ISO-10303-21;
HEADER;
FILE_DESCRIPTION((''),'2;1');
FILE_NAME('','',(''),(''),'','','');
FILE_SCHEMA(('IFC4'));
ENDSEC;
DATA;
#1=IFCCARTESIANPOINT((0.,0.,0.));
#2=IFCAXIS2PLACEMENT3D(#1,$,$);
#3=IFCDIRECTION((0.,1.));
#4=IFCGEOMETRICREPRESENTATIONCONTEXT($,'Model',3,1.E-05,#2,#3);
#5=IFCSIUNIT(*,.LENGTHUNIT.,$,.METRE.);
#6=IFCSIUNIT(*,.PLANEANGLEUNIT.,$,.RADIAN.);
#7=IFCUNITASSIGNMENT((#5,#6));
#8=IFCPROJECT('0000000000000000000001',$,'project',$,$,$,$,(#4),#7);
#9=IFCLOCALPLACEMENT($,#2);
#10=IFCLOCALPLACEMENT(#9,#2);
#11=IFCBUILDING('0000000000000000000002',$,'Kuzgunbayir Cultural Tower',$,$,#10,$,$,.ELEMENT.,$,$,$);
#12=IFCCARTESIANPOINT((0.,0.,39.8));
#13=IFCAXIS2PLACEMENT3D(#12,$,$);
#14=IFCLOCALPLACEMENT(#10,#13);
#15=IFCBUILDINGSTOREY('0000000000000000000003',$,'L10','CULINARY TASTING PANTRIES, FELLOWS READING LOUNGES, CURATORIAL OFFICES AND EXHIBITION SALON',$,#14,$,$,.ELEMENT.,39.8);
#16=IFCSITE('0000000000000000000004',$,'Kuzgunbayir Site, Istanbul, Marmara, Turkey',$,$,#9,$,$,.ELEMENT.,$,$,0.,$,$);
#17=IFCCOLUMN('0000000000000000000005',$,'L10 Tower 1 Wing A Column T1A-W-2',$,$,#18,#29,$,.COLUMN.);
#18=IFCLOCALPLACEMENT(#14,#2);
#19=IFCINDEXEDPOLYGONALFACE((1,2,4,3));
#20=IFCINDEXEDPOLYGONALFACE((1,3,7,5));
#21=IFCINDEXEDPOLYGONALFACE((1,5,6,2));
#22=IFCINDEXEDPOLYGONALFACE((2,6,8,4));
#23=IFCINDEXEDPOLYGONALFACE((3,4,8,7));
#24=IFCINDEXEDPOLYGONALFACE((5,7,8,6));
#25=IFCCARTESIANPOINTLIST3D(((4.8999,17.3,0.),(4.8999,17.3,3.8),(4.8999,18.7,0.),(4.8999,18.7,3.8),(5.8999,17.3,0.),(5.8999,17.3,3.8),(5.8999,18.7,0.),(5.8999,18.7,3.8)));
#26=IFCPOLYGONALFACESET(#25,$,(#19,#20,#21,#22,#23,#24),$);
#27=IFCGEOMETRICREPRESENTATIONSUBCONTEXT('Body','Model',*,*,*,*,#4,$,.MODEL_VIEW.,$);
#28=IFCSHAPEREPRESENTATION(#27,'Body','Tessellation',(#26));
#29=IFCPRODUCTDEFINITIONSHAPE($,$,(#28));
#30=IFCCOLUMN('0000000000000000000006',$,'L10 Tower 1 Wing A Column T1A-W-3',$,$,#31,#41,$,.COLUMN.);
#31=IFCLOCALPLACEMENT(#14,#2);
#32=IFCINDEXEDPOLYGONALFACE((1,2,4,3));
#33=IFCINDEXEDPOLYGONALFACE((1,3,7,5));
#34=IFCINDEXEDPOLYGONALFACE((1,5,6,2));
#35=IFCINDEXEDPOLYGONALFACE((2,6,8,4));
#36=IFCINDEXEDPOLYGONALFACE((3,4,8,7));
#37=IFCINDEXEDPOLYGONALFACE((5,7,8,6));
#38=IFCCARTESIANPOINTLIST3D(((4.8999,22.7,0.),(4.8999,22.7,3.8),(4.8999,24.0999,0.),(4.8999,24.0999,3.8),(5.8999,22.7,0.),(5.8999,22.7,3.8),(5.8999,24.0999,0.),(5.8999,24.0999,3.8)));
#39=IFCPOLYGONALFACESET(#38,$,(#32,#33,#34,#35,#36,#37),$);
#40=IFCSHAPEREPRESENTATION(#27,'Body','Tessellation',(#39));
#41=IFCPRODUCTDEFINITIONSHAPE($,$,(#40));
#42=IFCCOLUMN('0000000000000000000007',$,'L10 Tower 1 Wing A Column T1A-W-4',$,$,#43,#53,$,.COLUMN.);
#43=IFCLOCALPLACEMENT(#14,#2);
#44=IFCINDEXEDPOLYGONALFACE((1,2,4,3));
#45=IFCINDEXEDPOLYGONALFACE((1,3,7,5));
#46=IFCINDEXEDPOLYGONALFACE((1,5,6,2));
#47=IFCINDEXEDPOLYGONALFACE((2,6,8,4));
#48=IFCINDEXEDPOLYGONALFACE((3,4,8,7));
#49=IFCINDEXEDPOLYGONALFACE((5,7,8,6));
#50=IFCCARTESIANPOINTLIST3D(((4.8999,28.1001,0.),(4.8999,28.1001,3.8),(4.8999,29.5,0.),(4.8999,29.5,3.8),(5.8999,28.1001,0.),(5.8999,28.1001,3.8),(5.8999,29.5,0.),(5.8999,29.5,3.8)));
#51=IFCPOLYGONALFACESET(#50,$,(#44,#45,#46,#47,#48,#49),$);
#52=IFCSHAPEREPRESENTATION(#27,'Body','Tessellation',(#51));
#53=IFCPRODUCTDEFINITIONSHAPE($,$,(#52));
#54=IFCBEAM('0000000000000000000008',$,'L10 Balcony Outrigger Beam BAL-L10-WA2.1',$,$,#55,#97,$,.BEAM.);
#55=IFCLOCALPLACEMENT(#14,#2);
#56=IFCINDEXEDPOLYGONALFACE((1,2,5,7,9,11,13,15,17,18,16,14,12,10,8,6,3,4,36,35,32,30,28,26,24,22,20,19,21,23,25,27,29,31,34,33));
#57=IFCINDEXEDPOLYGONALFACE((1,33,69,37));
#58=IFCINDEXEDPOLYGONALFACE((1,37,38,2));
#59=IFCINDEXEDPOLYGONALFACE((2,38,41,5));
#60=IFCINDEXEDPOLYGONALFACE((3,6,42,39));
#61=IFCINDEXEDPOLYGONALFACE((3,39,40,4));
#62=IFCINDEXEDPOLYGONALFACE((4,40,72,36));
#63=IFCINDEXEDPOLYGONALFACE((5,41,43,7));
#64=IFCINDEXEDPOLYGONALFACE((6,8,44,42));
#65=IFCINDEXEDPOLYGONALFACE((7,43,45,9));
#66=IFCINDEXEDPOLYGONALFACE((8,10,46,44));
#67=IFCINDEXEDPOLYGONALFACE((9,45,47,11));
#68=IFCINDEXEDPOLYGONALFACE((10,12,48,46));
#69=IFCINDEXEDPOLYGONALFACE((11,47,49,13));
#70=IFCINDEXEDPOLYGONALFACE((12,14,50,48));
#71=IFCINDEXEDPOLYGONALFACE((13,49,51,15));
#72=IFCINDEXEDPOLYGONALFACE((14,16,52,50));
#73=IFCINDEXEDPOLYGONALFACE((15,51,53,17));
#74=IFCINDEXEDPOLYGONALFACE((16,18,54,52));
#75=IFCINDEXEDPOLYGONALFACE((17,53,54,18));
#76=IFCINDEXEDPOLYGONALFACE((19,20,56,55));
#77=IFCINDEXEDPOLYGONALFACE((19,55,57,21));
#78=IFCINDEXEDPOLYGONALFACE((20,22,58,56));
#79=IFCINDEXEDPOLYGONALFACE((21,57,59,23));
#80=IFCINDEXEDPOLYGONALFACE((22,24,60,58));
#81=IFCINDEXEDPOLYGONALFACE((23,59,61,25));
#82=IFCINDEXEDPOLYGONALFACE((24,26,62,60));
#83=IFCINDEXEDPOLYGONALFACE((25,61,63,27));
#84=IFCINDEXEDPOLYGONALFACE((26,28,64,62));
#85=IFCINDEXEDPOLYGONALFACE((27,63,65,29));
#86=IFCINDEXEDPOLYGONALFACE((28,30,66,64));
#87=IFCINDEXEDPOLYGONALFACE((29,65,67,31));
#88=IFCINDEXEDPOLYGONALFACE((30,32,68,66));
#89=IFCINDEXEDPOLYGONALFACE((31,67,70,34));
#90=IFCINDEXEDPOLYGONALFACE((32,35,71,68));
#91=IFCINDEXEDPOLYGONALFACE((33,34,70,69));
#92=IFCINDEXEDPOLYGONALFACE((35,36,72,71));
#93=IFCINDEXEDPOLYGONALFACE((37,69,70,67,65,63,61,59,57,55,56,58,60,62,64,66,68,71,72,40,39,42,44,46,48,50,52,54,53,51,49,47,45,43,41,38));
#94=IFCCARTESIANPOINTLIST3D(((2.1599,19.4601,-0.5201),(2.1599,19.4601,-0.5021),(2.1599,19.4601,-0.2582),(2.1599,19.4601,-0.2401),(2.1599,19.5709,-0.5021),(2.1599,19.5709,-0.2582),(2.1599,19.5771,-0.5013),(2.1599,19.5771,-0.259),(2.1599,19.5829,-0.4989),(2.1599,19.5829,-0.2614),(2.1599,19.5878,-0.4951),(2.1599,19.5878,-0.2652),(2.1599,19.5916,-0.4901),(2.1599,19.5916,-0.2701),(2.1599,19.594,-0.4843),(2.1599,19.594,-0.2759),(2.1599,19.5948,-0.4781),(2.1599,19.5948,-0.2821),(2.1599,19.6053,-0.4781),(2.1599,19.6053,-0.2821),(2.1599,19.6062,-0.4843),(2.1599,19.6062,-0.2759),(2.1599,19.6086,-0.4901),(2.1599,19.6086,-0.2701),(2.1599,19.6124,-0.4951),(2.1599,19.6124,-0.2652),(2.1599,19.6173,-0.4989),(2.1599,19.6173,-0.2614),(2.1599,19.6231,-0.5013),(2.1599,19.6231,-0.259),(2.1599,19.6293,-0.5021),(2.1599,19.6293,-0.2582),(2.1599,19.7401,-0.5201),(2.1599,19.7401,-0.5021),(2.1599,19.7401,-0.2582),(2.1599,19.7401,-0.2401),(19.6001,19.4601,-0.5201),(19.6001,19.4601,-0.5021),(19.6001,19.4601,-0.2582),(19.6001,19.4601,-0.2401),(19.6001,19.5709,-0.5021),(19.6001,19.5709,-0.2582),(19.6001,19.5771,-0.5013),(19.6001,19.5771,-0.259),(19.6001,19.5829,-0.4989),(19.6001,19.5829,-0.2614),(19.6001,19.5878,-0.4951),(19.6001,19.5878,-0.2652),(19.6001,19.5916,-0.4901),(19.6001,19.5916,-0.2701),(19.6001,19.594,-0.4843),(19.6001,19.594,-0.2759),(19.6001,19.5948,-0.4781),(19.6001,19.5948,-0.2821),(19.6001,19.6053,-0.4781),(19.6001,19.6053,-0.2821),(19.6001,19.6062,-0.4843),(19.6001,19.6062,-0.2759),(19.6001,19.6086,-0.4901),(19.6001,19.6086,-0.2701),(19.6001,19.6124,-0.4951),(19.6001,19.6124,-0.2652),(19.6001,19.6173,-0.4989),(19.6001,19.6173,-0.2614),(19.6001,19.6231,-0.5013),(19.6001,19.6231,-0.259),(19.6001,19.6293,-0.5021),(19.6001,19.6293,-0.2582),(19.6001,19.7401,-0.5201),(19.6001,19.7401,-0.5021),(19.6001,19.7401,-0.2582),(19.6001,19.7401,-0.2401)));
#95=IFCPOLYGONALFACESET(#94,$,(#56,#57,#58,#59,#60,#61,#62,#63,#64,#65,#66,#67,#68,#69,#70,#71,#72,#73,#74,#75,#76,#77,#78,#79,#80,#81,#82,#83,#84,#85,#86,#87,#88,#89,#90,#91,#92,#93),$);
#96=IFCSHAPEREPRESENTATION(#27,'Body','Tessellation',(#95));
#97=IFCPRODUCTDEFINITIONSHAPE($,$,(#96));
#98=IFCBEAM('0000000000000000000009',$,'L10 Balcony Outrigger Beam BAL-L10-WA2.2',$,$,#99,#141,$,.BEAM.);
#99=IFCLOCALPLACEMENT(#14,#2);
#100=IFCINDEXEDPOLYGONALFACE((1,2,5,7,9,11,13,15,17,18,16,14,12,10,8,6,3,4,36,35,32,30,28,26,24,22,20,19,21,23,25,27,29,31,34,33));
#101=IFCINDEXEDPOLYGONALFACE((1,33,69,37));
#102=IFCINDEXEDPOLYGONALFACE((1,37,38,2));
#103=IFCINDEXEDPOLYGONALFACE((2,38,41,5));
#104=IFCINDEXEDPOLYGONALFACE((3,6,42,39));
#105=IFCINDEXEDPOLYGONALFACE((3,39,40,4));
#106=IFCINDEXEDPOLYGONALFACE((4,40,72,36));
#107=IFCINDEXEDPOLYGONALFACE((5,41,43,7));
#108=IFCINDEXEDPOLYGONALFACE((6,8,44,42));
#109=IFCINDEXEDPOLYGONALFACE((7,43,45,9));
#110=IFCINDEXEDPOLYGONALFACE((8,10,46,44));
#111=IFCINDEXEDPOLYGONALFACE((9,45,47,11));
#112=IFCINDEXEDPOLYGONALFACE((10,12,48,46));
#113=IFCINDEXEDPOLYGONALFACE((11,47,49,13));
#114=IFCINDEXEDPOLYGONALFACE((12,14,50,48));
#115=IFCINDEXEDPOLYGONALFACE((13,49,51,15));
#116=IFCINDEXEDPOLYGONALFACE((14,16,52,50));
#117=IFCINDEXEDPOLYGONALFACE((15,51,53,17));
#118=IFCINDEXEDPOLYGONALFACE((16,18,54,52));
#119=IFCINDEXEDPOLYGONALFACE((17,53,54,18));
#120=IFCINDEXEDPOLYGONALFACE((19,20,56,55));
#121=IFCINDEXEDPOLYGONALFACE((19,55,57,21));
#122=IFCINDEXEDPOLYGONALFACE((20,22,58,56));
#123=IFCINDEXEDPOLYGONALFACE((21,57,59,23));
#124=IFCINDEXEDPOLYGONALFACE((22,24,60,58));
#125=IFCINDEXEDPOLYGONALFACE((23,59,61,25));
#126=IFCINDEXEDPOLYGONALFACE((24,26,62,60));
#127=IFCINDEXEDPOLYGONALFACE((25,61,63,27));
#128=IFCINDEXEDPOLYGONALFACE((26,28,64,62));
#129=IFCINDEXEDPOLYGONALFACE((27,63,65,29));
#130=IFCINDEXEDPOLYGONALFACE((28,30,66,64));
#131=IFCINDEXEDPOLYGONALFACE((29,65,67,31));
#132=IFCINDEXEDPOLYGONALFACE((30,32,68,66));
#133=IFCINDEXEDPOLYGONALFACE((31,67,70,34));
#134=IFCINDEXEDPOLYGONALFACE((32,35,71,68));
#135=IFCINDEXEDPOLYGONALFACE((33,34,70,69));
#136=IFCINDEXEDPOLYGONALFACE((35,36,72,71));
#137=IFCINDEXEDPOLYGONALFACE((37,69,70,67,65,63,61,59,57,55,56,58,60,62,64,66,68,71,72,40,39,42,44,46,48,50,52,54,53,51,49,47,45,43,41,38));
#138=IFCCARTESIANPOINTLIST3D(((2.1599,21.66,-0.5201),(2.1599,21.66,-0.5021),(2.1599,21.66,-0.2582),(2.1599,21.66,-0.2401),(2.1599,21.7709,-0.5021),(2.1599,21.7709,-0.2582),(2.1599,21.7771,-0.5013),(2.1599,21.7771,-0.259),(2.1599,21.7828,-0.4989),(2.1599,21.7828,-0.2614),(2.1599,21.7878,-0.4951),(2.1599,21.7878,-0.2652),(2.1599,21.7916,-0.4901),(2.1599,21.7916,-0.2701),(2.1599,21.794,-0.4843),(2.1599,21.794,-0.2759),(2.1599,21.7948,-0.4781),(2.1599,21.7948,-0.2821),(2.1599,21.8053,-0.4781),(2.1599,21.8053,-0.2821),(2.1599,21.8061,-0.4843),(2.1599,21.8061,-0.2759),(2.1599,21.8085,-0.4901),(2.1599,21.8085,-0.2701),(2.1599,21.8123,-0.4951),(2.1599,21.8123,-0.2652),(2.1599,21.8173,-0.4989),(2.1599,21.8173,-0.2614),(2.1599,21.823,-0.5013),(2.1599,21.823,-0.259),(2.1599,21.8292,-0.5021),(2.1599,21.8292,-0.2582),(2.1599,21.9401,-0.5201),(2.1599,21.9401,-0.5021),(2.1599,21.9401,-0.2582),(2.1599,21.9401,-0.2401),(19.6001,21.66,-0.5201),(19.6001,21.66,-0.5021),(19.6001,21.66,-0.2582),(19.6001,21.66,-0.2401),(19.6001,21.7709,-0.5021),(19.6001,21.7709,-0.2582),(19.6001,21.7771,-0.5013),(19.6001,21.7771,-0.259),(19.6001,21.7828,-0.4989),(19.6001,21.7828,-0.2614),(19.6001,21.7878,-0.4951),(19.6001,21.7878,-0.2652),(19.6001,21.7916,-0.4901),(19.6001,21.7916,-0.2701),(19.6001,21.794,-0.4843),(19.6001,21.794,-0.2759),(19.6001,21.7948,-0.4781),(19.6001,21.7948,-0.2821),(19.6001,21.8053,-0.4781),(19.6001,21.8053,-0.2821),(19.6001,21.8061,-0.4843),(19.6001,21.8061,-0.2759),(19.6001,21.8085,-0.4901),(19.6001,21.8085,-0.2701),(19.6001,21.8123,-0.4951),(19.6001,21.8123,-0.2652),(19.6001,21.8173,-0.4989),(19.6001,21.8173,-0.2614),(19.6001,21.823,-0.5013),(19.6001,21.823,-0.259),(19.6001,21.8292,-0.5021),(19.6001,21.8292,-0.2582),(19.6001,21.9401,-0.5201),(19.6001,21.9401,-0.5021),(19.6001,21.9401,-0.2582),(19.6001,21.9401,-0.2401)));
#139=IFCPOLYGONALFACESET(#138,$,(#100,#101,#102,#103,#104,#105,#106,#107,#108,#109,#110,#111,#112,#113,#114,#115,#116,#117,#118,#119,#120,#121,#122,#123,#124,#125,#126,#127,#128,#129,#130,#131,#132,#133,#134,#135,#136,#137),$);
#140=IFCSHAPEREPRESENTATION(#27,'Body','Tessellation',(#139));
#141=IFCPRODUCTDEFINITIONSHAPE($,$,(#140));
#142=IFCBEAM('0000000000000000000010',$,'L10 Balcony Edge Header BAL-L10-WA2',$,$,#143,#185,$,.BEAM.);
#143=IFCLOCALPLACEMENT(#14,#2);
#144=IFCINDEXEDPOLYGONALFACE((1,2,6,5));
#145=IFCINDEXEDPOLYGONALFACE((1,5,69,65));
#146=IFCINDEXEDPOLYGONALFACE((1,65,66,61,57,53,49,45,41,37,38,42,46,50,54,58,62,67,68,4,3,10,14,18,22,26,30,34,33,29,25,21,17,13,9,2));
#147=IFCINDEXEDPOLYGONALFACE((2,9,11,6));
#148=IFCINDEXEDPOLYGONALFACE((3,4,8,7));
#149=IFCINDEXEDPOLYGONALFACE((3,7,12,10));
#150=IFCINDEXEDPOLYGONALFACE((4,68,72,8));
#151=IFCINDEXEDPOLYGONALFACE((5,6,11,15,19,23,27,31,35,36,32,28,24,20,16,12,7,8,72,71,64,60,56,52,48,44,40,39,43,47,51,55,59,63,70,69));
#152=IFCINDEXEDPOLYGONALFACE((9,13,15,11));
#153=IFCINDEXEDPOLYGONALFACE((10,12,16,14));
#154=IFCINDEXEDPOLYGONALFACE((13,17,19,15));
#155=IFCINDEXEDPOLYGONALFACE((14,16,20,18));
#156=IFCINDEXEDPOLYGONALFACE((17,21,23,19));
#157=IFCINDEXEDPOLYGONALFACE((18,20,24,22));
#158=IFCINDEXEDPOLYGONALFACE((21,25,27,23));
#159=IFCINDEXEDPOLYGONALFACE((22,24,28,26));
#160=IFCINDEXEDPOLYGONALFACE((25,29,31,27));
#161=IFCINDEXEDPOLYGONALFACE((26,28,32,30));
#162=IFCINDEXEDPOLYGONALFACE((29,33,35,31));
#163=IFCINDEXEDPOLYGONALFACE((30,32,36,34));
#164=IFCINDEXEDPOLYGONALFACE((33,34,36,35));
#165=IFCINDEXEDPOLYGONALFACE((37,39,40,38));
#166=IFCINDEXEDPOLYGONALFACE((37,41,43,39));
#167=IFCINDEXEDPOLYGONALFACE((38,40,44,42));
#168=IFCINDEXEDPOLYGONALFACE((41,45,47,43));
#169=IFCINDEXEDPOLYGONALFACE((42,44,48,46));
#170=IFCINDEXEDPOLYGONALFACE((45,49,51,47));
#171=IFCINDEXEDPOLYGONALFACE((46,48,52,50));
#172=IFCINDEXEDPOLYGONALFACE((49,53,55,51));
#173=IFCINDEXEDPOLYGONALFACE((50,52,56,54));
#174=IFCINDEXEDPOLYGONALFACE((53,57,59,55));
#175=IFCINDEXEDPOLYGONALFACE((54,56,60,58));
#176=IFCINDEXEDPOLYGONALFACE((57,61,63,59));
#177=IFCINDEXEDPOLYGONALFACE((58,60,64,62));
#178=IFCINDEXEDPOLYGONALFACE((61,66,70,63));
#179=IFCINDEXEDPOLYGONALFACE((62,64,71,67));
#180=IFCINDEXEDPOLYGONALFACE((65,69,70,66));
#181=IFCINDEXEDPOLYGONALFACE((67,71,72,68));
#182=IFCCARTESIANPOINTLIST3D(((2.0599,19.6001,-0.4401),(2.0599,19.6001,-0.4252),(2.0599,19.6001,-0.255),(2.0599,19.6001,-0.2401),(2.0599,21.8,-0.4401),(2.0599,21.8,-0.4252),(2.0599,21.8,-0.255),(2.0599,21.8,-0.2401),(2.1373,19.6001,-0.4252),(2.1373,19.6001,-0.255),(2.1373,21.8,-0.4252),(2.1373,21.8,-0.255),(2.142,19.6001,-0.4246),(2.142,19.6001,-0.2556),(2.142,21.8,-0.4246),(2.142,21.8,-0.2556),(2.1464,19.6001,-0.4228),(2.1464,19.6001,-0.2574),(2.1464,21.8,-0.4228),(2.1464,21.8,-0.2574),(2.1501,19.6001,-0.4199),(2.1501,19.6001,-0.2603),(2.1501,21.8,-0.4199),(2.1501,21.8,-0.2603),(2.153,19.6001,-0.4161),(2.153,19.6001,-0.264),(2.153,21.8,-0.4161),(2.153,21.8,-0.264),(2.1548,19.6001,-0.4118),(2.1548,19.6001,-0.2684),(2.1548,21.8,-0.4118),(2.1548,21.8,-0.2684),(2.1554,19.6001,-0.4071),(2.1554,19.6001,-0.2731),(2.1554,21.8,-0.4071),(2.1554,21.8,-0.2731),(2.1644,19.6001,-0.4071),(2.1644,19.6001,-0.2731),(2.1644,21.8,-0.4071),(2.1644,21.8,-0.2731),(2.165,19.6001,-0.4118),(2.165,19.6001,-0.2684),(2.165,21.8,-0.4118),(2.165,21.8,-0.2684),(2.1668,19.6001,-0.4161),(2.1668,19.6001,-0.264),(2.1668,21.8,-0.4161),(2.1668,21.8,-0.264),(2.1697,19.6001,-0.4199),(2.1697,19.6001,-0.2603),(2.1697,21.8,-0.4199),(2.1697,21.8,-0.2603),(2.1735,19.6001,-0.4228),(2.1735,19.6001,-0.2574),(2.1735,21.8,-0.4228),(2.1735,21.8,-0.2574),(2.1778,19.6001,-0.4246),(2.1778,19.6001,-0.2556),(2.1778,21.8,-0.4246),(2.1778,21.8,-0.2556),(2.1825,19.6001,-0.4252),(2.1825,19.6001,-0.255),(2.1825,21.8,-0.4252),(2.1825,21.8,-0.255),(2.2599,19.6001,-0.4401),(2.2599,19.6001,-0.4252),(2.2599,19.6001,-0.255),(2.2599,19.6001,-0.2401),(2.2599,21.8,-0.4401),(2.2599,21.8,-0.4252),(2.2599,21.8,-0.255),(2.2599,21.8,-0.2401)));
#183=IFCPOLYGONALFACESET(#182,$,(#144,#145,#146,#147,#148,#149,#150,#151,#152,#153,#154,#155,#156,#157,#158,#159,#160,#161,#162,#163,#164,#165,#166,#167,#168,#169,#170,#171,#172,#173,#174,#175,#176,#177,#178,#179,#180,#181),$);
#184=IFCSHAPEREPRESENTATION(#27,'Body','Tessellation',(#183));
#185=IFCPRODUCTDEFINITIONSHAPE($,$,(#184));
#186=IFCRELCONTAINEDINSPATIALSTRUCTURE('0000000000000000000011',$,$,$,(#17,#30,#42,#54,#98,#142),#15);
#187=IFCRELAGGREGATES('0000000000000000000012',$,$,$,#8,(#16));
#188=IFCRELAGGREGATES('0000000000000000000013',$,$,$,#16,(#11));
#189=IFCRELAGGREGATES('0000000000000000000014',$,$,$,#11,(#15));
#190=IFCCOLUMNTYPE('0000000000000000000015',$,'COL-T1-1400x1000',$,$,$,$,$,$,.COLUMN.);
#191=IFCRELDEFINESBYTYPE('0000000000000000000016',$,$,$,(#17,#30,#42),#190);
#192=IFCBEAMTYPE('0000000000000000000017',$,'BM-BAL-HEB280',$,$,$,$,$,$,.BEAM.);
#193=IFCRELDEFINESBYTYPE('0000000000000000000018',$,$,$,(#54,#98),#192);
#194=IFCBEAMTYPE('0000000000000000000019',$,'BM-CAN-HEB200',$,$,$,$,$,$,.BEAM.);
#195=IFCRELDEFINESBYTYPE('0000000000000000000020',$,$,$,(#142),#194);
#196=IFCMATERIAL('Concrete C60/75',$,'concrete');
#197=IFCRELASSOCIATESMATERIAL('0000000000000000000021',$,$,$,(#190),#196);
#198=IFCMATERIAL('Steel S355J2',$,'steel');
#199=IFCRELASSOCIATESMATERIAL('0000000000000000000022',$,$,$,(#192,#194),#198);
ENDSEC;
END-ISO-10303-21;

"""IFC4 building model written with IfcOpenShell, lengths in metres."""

from ifc_helpers import new_model, si_unit, direction, frame, origin, origin_2d, place, context, subcontext, project, spatial, rectangle, i_section, extrude, material, material_profile, profile_set, type_object, element, save


model = new_model("IFC4")

# Units and contexts
model_context = context("Model", 3, precision=1e-05, world=origin(), true_north=direction((0.0, 1.0)))
body_context = subcontext(model_context, "Body", "Model", "MODEL_VIEW")
ifc_project = project(units=[si_unit("LENGTHUNIT", "METRE"), si_unit("PLANEANGLEUNIT", "RADIAN")], contexts=[model_context])

# Site, building, storey
site_placement = place(None, origin())
site = spatial("IfcSite", under=ifc_project, at=site_placement, Name="Kuzgunbayir Site, Istanbul, Marmara, Turkey", CompositionType="ELEMENT", RefElevation=0.0)
building_placement = place(site_placement, origin())
building = spatial("IfcBuilding", under=site, at=building_placement, Name="Kuzgunbayir Cultural Tower", CompositionType="ELEMENT")
storey_placement = place(building_placement, frame((0.0, 0.0, 39.8)))
storey = spatial("IfcBuildingStorey", under=building, at=storey_placement, Name="L10", Description="CULINARY TASTING PANTRIES, FELLOWS READING LOUNGES, CURATORIAL OFFICES AND EXHIBITION SALON", CompositionType="ELEMENT", Elevation=39.8)

# Columns
ifc_material_1 = material(Name="Concrete C60/75", Category="concrete")
ifc_material_profile_1 = material_profile(ifc_material_1, rectangle(XDim=1.0, YDim=1.3999, at=origin_2d()), Name="RC 1400x1000")
ifc_profile_set_1 = profile_set([ifc_material_profile_1], Name="Concrete C60/75")
column_type = type_object("IfcColumnType", Name="COL-T1-1400x1000", PredefinedType="COLUMN", material=ifc_profile_set_1)
for number, where, z_axis, x_axis, name in (
    (1, (5.3999, 18.0, 0.0), (0.0, 0.0, 1.0), (1.0, 0.0, 0.0), "L10 Tower 1 Wing A Column T1A-W-2"),
    (2, (5.3999, 23.3999, 0.0), (0.0, 0.0, 1.0), (1.0, 0.0, 0.0), "L10 Tower 1 Wing A Column T1A-W-3"),
    (3, (5.3999, 28.8, 0.0), (0.0, 0.0, 1.0), (1.0, 0.0, 0.0), "L10 Tower 1 Wing A Column T1A-W-4"),
):
    element("IfcColumn", number, at=place(storey_placement, frame(where, z_axis=z_axis, x_axis=x_axis)), inside=storey, type_object=column_type, Name=name, PredefinedType="COLUMN", context=body_context, shape_type="SweptSolid", body=[
        extrude(rectangle(XDim=1.0, YDim=1.3999, at=origin_2d()), origin(), (0.0, 0.0, 1.0), 3.8),
    ])

# Beams
ifc_material_2 = material(Name="Steel S355J2", Category="steel")
ifc_material_profile_2 = material_profile(ifc_material_2, i_section(OverallWidth=0.28, OverallDepth=0.28, WebThickness=0.0105, FlangeThickness=0.0181, FilletRadius=0.0239, at=origin_2d()), Name="HEB 280")
ifc_profile_set_2 = profile_set([ifc_material_profile_2], Name="Steel S355J2")
beam_type_1 = type_object("IfcBeamType", Name="BM-BAL-HEB280", PredefinedType="BEAM", material=ifc_profile_set_2)
for number, where, z_axis, x_axis, name in (
    (4, (2.1599, 19.6001, -0.3801), (1.0, 0.0, 0.0), (0.0, 1.0, 0.0), "L10 Balcony Outrigger Beam BAL-L10-WA2.1"),
    (5, (2.1599, 21.8, -0.3801), (1.0, 0.0, 0.0), (0.0, 1.0, 0.0), "L10 Balcony Outrigger Beam BAL-L10-WA2.2"),
):
    element("IfcBeam", number, at=place(storey_placement, frame(where, z_axis=z_axis, x_axis=x_axis)), inside=storey, type_object=beam_type_1, Name=name, PredefinedType="BEAM", context=body_context, shape_type="SweptSolid", body=[
        extrude(i_section(OverallWidth=0.28, OverallDepth=0.28, WebThickness=0.0105, FlangeThickness=0.0181, FilletRadius=0.0239, at=origin_2d()), origin(), (0.0, 0.0, 1.0), 17.4402),
    ])
ifc_material_profile_3 = material_profile(ifc_material_2, i_section(OverallWidth=0.2, OverallDepth=0.2, WebThickness=0.009, FlangeThickness=0.0149, FilletRadius=0.0181, at=origin_2d()), Name="HEB 200")
ifc_profile_set_3 = profile_set([ifc_material_profile_3], Name="Steel S355J2")
beam_type_2 = type_object("IfcBeamType", Name="BM-CAN-HEB200", PredefinedType="BEAM", material=ifc_profile_set_3)
beam_1_placement = place(storey_placement, frame((2.1599, 19.6001, -0.3401), z_axis=(0.0, 1.0, 0.0), x_axis=(-1.0, 0.0, 0.0)))
element("IfcBeam", 6, at=beam_1_placement, inside=storey, type_object=beam_type_2, Name="L10 Balcony Edge Header BAL-L10-WA2", PredefinedType="BEAM", context=body_context, shape_type="SweptSolid", body=[
    extrude(i_section(OverallWidth=0.2, OverallDepth=0.2, WebThickness=0.009, FlangeThickness=0.0149, FilletRadius=0.0181, at=origin_2d()), origin(), (0.0, 0.0, 1.0), 2.2),
])

save(model, "model.ifc")
